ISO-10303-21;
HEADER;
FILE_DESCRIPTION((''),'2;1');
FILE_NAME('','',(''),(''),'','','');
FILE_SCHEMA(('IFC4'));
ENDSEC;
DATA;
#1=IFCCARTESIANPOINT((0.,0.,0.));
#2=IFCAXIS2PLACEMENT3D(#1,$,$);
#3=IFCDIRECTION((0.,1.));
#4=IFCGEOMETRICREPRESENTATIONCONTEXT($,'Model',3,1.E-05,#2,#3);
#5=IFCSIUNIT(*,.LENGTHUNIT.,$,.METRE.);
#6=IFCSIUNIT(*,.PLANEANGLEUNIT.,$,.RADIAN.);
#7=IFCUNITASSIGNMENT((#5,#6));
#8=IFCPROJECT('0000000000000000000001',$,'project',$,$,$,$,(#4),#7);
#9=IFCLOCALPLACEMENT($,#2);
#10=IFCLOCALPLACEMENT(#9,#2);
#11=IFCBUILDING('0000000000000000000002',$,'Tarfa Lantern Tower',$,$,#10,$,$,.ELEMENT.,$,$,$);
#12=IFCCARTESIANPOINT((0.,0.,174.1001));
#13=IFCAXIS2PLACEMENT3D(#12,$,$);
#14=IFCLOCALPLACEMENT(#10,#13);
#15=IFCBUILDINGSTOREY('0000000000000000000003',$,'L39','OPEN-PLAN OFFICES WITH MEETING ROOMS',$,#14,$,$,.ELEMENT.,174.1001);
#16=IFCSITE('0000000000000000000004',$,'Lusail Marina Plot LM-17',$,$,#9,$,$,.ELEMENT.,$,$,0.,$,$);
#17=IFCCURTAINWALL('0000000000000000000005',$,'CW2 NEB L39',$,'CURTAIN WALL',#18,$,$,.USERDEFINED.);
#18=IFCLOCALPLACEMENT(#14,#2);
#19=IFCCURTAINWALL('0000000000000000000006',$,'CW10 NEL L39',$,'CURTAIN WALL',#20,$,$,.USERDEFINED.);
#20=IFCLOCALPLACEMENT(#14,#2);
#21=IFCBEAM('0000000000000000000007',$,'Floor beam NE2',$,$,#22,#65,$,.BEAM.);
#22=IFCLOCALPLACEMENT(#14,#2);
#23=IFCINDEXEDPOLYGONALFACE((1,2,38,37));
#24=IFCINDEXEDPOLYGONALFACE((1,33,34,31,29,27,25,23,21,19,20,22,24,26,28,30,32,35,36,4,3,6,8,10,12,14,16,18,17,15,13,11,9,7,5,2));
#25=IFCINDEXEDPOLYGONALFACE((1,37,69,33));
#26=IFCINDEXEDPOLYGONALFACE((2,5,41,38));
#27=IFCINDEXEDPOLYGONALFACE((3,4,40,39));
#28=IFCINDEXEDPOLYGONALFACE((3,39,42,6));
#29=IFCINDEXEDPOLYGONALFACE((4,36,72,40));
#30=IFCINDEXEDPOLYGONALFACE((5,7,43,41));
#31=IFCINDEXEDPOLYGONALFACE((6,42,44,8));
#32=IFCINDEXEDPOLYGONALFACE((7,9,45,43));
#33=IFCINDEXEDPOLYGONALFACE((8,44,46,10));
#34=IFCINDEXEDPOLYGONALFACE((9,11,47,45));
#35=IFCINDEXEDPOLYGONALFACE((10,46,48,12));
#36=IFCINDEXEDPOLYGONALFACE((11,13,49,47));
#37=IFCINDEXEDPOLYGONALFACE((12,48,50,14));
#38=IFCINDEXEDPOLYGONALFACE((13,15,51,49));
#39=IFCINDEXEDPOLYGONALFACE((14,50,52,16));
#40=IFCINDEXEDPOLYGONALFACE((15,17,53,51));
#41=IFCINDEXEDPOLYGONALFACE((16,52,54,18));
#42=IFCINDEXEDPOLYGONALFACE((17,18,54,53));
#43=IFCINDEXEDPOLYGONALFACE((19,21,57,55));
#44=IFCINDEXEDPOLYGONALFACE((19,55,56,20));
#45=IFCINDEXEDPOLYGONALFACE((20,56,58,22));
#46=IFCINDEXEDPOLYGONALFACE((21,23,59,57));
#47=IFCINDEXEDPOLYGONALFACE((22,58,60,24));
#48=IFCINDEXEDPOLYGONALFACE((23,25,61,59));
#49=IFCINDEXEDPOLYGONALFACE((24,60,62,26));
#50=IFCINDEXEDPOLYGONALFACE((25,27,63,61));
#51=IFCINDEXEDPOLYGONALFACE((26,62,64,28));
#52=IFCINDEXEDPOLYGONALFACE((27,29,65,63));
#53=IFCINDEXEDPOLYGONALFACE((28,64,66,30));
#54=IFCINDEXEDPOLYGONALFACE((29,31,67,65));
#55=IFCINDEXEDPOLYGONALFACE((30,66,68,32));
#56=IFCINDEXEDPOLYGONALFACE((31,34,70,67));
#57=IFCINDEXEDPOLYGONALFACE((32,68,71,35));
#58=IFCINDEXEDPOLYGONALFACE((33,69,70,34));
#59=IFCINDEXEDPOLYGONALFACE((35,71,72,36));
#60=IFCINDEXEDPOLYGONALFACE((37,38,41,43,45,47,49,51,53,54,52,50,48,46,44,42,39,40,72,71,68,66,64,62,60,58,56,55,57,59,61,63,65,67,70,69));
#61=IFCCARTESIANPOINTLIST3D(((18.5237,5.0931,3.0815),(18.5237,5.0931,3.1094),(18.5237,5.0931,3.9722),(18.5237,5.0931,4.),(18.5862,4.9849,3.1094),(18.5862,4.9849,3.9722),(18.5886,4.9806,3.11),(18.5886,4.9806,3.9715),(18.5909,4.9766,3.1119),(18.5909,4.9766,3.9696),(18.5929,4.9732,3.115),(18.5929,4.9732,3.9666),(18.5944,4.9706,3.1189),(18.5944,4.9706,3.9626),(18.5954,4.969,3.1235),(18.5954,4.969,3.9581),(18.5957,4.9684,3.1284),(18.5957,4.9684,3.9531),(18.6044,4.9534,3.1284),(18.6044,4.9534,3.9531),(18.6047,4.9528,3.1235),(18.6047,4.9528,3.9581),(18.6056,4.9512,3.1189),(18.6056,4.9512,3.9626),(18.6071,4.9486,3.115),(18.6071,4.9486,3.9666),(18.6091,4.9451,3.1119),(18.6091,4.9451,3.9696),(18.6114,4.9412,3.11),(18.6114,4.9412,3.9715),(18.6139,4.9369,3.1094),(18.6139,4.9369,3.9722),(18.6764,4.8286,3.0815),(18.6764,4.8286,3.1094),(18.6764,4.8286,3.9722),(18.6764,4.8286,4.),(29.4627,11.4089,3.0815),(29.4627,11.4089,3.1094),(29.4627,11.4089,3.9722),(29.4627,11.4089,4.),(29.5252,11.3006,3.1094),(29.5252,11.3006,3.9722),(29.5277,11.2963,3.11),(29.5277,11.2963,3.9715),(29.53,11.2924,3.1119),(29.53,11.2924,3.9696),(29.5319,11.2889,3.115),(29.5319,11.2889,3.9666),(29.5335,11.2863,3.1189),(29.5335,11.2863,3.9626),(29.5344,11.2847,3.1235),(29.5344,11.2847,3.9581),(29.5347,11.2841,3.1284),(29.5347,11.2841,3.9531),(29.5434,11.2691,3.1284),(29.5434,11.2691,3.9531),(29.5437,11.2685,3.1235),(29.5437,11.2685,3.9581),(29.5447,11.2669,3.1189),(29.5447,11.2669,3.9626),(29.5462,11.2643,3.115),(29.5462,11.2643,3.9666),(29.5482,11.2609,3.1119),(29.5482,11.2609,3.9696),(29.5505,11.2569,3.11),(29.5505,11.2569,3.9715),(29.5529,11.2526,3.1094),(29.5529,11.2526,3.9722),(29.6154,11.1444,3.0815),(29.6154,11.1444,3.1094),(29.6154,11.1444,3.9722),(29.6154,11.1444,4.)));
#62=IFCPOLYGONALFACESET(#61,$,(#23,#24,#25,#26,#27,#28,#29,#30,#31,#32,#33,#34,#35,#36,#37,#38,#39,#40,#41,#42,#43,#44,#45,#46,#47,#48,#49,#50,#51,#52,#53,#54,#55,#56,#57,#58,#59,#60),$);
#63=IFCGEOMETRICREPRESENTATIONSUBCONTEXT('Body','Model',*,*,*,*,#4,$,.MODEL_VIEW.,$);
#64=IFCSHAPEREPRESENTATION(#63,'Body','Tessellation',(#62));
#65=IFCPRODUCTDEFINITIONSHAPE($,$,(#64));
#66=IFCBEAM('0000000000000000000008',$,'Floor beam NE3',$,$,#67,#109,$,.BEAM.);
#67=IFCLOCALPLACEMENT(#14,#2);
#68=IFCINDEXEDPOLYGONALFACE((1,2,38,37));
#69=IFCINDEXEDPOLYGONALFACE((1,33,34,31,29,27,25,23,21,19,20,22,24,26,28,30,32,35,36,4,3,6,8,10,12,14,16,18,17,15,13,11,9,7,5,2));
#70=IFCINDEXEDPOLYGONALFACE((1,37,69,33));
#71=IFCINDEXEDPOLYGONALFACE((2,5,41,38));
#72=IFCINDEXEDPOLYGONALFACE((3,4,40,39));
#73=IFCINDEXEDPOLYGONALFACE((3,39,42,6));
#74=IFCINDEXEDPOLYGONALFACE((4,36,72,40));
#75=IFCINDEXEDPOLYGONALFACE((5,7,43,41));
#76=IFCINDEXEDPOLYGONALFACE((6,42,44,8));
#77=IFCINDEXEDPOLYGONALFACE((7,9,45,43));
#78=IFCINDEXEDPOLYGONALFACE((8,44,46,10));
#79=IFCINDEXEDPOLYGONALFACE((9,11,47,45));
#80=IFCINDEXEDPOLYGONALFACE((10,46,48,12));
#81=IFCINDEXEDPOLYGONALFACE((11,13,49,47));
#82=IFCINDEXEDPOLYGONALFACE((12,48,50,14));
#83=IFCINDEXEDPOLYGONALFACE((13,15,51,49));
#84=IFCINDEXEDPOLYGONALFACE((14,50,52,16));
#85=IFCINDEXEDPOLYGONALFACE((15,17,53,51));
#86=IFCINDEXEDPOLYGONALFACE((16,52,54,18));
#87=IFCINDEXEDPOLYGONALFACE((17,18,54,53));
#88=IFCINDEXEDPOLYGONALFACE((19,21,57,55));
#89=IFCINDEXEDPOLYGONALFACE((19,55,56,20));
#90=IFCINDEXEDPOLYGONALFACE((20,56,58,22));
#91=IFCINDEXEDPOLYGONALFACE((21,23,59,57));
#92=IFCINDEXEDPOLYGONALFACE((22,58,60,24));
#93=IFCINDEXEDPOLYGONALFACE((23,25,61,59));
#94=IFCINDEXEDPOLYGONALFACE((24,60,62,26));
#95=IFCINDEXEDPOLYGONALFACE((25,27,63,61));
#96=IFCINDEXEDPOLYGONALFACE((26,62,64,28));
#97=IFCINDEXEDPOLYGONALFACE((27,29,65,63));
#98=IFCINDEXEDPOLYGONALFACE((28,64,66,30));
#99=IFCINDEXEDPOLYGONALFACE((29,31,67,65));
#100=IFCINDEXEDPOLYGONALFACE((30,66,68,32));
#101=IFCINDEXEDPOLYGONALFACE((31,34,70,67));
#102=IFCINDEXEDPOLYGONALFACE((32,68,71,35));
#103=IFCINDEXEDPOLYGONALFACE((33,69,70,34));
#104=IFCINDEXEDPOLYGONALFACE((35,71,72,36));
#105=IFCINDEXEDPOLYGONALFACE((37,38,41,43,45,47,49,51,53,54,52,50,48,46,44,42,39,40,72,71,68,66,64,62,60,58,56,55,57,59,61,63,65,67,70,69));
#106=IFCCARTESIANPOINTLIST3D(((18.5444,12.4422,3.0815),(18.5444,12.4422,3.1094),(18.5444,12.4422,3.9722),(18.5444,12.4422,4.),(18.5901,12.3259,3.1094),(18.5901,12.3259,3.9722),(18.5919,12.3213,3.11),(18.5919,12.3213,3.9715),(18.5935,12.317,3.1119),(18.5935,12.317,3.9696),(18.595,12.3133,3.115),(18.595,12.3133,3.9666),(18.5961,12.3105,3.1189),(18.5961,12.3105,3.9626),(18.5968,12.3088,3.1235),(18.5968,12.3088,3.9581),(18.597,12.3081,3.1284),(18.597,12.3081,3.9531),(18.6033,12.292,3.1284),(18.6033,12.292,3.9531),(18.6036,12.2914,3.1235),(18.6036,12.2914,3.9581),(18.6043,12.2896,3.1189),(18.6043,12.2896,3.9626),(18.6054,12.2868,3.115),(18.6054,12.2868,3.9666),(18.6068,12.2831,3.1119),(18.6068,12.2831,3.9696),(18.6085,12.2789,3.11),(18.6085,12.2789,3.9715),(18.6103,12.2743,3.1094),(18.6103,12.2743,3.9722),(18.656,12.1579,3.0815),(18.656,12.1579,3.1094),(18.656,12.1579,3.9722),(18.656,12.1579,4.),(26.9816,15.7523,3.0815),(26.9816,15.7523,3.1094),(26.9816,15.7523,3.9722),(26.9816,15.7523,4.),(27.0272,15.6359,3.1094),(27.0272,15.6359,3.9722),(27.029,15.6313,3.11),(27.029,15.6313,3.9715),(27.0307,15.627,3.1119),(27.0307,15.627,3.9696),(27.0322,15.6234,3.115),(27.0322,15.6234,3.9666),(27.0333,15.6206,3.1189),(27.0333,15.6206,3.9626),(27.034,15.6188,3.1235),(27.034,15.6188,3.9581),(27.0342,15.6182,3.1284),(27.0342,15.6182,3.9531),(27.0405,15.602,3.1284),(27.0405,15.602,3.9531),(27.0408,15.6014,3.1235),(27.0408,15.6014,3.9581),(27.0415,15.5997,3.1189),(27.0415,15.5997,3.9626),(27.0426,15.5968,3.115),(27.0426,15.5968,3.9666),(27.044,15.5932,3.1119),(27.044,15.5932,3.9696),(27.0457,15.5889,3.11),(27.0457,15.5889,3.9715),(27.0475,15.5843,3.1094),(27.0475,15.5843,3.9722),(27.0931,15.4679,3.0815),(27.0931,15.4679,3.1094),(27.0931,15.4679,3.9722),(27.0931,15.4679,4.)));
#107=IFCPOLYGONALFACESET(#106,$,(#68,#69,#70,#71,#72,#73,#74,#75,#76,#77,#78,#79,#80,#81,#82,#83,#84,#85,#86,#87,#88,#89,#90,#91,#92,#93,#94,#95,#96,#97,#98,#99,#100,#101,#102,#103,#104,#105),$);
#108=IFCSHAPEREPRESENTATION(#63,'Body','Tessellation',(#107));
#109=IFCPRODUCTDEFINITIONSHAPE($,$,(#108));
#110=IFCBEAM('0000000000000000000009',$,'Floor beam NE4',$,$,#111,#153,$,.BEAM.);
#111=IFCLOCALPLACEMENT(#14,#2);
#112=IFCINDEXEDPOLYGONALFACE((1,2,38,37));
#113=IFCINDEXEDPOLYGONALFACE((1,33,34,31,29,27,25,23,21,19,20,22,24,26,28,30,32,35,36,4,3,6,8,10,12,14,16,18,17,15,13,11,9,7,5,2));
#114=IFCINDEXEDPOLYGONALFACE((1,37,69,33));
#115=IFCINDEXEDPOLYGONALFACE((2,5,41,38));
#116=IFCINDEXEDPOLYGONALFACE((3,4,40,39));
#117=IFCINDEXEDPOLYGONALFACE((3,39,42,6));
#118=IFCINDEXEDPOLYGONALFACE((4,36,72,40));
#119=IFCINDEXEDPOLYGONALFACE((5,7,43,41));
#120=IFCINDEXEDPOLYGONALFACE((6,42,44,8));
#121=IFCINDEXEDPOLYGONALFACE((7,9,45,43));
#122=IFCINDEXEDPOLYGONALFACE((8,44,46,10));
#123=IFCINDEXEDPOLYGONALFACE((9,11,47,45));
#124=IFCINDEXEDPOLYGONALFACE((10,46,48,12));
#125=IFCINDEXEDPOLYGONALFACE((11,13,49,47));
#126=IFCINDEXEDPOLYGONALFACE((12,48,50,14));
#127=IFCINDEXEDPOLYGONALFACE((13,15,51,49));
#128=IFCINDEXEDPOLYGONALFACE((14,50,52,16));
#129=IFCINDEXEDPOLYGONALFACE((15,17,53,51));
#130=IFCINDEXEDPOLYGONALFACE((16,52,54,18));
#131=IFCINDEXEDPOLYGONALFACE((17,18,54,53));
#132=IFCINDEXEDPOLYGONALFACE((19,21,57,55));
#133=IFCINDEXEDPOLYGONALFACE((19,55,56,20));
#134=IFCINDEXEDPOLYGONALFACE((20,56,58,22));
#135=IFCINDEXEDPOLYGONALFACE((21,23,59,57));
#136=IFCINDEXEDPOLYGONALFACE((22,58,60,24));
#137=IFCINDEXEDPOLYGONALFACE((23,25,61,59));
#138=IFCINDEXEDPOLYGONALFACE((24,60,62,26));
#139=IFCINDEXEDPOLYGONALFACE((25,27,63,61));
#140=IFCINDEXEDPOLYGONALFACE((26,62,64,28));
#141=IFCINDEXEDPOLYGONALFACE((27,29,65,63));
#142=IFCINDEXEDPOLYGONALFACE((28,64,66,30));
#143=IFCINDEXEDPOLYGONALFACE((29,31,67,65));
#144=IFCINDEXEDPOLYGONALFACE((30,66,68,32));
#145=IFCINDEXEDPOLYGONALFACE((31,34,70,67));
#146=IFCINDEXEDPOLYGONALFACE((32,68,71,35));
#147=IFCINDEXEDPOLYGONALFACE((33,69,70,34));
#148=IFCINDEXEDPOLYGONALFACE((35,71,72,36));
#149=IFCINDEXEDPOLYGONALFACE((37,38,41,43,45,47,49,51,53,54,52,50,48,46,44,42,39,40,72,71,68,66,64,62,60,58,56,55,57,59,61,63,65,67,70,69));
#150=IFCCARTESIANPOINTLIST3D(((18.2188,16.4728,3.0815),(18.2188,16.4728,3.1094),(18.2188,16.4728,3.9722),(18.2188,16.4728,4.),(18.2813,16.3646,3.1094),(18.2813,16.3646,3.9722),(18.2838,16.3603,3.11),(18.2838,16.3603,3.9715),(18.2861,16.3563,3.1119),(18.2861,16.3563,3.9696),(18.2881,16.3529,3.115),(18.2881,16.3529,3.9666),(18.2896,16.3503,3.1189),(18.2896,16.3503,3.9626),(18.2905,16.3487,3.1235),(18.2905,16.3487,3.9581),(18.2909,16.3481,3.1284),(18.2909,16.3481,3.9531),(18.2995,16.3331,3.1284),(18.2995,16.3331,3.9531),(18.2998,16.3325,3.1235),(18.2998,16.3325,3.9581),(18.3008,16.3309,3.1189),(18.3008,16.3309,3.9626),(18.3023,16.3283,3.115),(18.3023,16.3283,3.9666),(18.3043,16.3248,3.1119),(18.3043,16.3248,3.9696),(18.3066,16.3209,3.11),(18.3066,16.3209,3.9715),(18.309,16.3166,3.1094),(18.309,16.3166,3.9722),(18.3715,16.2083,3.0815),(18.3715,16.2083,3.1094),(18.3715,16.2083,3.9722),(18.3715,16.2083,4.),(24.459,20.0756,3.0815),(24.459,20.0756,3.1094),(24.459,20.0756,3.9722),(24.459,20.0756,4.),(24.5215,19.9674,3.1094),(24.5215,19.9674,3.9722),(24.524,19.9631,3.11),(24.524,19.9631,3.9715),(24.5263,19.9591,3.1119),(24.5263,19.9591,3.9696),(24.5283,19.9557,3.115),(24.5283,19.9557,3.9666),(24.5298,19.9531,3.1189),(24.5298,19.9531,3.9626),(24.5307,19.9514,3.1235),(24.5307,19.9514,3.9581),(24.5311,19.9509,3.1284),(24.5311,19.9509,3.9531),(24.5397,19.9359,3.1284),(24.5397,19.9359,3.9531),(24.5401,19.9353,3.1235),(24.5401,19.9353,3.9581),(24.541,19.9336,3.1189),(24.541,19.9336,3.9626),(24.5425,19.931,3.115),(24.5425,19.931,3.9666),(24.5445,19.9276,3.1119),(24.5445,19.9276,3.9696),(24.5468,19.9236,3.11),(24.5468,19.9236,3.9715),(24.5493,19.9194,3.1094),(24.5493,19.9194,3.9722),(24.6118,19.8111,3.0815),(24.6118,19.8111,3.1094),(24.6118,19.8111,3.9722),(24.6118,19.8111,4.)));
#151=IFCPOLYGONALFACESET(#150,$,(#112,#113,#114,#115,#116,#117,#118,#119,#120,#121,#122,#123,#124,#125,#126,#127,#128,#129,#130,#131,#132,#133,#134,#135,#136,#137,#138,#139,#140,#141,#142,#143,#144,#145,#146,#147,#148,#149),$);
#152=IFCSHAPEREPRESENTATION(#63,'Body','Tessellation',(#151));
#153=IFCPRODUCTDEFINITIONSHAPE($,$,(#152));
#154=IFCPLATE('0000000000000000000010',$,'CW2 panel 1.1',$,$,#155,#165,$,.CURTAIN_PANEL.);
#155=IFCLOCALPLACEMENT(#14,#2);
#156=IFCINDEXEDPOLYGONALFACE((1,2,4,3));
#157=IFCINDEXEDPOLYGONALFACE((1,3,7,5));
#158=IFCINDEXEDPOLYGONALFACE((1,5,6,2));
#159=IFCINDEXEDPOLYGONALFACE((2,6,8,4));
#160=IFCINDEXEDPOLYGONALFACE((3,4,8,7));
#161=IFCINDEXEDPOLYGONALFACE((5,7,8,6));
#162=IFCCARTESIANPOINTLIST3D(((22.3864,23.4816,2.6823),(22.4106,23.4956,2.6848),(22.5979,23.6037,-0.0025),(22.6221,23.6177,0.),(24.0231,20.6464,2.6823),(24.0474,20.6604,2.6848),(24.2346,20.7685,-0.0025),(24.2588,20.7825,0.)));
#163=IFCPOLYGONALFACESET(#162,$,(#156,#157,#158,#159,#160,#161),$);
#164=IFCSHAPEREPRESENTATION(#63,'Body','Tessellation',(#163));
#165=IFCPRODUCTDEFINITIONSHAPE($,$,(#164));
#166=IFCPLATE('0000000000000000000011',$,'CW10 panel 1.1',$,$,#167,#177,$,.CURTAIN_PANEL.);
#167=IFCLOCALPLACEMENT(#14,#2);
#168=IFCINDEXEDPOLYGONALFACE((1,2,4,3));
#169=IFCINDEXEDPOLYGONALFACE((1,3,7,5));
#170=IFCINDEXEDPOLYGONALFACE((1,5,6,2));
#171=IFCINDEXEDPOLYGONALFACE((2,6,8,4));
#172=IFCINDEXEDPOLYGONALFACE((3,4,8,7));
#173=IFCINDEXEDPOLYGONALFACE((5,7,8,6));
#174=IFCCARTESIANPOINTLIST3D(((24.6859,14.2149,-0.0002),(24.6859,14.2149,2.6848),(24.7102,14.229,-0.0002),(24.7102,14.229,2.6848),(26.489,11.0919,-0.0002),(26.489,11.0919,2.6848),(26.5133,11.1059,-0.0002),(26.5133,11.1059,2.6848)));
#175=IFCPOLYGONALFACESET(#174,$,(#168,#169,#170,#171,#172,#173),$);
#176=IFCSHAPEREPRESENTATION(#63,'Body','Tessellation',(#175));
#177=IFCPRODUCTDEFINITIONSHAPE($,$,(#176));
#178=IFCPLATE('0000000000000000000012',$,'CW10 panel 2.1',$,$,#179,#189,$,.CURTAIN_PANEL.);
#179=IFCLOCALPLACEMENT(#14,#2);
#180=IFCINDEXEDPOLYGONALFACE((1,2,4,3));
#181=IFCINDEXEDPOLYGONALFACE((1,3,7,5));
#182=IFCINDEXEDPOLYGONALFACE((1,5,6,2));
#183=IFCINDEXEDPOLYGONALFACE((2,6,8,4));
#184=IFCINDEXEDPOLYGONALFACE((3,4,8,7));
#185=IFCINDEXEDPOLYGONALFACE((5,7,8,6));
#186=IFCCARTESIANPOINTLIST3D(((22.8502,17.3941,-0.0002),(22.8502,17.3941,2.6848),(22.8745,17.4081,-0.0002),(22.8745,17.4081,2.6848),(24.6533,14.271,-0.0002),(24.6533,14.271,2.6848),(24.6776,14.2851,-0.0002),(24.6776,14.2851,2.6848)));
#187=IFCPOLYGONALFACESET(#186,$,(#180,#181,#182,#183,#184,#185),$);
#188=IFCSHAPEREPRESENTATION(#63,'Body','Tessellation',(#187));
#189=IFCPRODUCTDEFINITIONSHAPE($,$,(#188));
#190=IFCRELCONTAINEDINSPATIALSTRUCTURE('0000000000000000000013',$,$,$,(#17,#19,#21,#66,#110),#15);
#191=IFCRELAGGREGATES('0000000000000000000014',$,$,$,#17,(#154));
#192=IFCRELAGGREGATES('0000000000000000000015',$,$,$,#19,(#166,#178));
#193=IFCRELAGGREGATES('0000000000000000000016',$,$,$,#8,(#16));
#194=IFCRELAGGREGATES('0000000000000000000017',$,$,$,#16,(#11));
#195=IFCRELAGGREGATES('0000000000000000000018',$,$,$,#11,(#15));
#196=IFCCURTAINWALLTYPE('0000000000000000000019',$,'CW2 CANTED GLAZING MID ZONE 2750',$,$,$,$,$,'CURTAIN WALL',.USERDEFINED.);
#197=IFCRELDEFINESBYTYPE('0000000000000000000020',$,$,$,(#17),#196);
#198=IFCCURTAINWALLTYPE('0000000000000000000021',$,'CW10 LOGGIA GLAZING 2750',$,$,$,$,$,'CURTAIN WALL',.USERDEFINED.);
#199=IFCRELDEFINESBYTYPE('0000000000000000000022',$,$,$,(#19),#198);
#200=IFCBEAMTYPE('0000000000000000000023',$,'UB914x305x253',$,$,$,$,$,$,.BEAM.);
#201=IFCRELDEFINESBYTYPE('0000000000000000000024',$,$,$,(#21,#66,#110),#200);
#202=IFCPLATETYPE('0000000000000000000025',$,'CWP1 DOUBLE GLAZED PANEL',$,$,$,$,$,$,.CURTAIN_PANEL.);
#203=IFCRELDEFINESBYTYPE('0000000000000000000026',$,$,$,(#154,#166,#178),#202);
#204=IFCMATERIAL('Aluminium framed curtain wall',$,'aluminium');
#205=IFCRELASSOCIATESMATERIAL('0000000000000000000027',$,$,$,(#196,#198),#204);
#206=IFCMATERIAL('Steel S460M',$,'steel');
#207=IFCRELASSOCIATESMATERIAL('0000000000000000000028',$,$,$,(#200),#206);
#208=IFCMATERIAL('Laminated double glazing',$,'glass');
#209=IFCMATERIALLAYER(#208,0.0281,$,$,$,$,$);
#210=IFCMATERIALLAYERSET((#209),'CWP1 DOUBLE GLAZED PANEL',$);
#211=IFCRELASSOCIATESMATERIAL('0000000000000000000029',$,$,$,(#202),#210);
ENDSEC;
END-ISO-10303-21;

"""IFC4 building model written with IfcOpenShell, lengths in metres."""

from ifc_helpers import new_model, si_unit, direction, frame, origin, origin_2d, place, context, subcontext, project, spatial, polyline, rectangle, i_section, outline, extrude, material, layer, layer_set, material_profile, profile_set, type_object, element, aggregate, save


model = new_model("IFC4")

# Units and contexts
model_context = context("Model", 3, precision=1e-05, world=origin(), true_north=direction((0.0, 1.0)))
body_context = subcontext(model_context, "Body", "Model", "MODEL_VIEW")
ifc_project = project(units=[si_unit("LENGTHUNIT", "METRE"), si_unit("PLANEANGLEUNIT", "RADIAN")], contexts=[model_context])

# Site, building, storey
site_placement = place(None, origin())
site = spatial("IfcSite", under=ifc_project, at=site_placement, Name="Lusail Marina Plot LM-17", CompositionType="ELEMENT", RefElevation=0.0)
building_placement = place(site_placement, origin())
building = spatial("IfcBuilding", under=site, at=building_placement, Name="Tarfa Lantern Tower", CompositionType="ELEMENT")
storey_placement = place(building_placement, frame((0.0, 0.0, 174.1001)))
storey = spatial("IfcBuildingStorey", under=building, at=storey_placement, Name="L39", Description="OPEN-PLAN OFFICES WITH MEETING ROOMS", CompositionType="ELEMENT", Elevation=174.1001)

# Curtain wall
ifc_material_1 = material(Name="Aluminium framed curtain wall", Category="aluminium")
curtain_wall_type_1 = type_object("IfcCurtainWallType", Name="CW2 CANTED GLAZING MID ZONE 2750", ElementType="CURTAIN WALL", PredefinedType="USERDEFINED", material=ifc_material_1)
curtain_wall_1_placement = place(storey_placement, origin())
curtain_wall_1 = element("IfcCurtainWall", 1, at=curtain_wall_1_placement, inside=storey, type_object=curtain_wall_type_1, Name="CW2 NEB L39", ObjectType="CURTAIN WALL", PredefinedType="USERDEFINED")

# Curtain wall
curtain_wall_type_2 = type_object("IfcCurtainWallType", Name="CW10 LOGGIA GLAZING 2750", ElementType="CURTAIN WALL", PredefinedType="USERDEFINED", material=ifc_material_1)
curtain_wall_2_placement = place(storey_placement, origin())
curtain_wall_2 = element("IfcCurtainWall", 2, at=curtain_wall_2_placement, inside=storey, type_object=curtain_wall_type_2, Name="CW10 NEL L39", ObjectType="CURTAIN WALL", PredefinedType="USERDEFINED")

# Beams
ifc_material_2 = material(Name="Steel S460M", Category="steel")
ifc_material_profile_1 = material_profile(ifc_material_2, i_section(OverallWidth=0.3054, OverallDepth=0.9185, WebThickness=0.0173, FlangeThickness=0.0278, FilletRadius=0.019, at=origin_2d()), Name="UB914x305x253")
ifc_profile_set_1 = profile_set([ifc_material_profile_1], Name="Steel S460M")
beam_type_1 = type_object("IfcBeamType", Name="UB914x305x253", PredefinedType="BEAM", material=ifc_profile_set_1)
beam_1_placement = place(storey_placement, frame((29.5391, 11.2766, 3.5408), z_axis=(-0.866023, -0.500004, 0.0), x_axis=(0.500004, -0.866023, 0.0)))
element("IfcBeam", 3, at=beam_1_placement, inside=storey, type_object=beam_type_1, Name="Floor beam NE2", PredefinedType="BEAM", context=body_context, shape_type="SweptSolid", body=[
    extrude(i_section(OverallWidth=0.3054, OverallDepth=0.9185, WebThickness=0.0173, FlangeThickness=0.0278, FilletRadius=0.019, at=origin_2d()), origin(), (0.0, 0.0, 1.0), 12.6313),
])
beam_2_placement = place(storey_placement, frame((27.0374, 15.6101, 3.5408), z_axis=(-0.930923, -0.365215, 0.0), x_axis=(0.365215, -0.930923, 0.0)))
element("IfcBeam", 4, at=beam_2_placement, inside=storey, type_object=beam_type_1, Name="Floor beam NE3", PredefinedType="BEAM", context=body_context, shape_type="SweptSolid", body=[
    extrude(i_section(OverallWidth=0.3054, OverallDepth=0.9185, WebThickness=0.0173, FlangeThickness=0.0278, FilletRadius=0.019, at=origin_2d()), origin(), (0.0, 0.0, 1.0), 9.0632),
])
beam_3_placement = place(storey_placement, frame((24.5354, 19.9434, 3.5408), z_axis=(-0.866026, -0.499998, 0.0), x_axis=(0.499998, -0.866026, 0.0)))
element("IfcBeam", 5, at=beam_3_placement, inside=storey, type_object=beam_type_1, Name="Floor beam NE4", PredefinedType="BEAM", context=body_context, shape_type="SweptSolid", body=[
    extrude(i_section(OverallWidth=0.3054, OverallDepth=0.9185, WebThickness=0.0173, FlangeThickness=0.0278, FilletRadius=0.019, at=origin_2d()), origin(), (0.0, 0.0, 1.0), 7.2056),
])

# Plates
ifc_material_3 = material(Name="Laminated double glazing", Category="glass")
ifc_layer_1 = layer(ifc_material_3, 0.0281)
ifc_layer_set_1 = layer_set([ifc_layer_1], Name="CWP1 DOUBLE GLAZED PANEL")
plate_type_1 = type_object("IfcPlateType", Name="CWP1 DOUBLE GLAZED PANEL", PredefinedType="CURTAIN_PANEL", material=ifc_layer_set_1)
plate_1_placement = place(storey_placement, frame((24.2588, 20.7825, 0.0), z_axis=(0.862492, 0.497903, 0.090558), x_axis=(-0.499957, 0.86605, 0.0)))
plate_1 = element("IfcPlate", 6, at=plate_1_placement, type_object=plate_type_1, Name="CW2 panel 1.1", PredefinedType="CURTAIN_PANEL", context=body_context, shape_type="SweptSolid", body=[
    extrude(outline(polyline([(0.0, 0.0), (3.2737, 0.0), (3.2737, 2.6959), (0.0, 2.6959), (0.0, 0.0)])), origin(), (0.0, 0.0, -1.0), 0.0281),
])
aggregate(curtain_wall_1, [plate_1])
plate_2_placement = place(storey_placement, frame((25.5996, 12.6604, -0.0002), z_axis=(0.0, 0.0, 1.0), x_axis=(-0.5, 0.866025, 0.0)))
plate_2 = element("IfcPlate", 7, at=plate_2_placement, type_object=plate_type_1, Name="CW10 panel 1.1", PredefinedType="CURTAIN_PANEL", context=body_context, shape_type="SweptSolid", body=[
    extrude(rectangle(XDim=3.6062, YDim=0.0281, at=origin_2d()), origin(), (0.0, 0.0, 1.0), 2.6851),
])
plate_3_placement = place(storey_placement, frame((23.7639, 15.8396, -0.0002), z_axis=(0.0, 0.0, 1.0), x_axis=(-0.5, 0.866025, 0.0)))
plate_3 = element("IfcPlate", 8, at=plate_3_placement, type_object=plate_type_1, Name="CW10 panel 2.1", PredefinedType="CURTAIN_PANEL", context=body_context, shape_type="SweptSolid", body=[
    extrude(rectangle(XDim=3.6062, YDim=0.0281, at=origin_2d()), origin(), (0.0, 0.0, 1.0), 2.6851),
])
aggregate(curtain_wall_2, [plate_2, plate_3])

save(model, "model.ifc")
